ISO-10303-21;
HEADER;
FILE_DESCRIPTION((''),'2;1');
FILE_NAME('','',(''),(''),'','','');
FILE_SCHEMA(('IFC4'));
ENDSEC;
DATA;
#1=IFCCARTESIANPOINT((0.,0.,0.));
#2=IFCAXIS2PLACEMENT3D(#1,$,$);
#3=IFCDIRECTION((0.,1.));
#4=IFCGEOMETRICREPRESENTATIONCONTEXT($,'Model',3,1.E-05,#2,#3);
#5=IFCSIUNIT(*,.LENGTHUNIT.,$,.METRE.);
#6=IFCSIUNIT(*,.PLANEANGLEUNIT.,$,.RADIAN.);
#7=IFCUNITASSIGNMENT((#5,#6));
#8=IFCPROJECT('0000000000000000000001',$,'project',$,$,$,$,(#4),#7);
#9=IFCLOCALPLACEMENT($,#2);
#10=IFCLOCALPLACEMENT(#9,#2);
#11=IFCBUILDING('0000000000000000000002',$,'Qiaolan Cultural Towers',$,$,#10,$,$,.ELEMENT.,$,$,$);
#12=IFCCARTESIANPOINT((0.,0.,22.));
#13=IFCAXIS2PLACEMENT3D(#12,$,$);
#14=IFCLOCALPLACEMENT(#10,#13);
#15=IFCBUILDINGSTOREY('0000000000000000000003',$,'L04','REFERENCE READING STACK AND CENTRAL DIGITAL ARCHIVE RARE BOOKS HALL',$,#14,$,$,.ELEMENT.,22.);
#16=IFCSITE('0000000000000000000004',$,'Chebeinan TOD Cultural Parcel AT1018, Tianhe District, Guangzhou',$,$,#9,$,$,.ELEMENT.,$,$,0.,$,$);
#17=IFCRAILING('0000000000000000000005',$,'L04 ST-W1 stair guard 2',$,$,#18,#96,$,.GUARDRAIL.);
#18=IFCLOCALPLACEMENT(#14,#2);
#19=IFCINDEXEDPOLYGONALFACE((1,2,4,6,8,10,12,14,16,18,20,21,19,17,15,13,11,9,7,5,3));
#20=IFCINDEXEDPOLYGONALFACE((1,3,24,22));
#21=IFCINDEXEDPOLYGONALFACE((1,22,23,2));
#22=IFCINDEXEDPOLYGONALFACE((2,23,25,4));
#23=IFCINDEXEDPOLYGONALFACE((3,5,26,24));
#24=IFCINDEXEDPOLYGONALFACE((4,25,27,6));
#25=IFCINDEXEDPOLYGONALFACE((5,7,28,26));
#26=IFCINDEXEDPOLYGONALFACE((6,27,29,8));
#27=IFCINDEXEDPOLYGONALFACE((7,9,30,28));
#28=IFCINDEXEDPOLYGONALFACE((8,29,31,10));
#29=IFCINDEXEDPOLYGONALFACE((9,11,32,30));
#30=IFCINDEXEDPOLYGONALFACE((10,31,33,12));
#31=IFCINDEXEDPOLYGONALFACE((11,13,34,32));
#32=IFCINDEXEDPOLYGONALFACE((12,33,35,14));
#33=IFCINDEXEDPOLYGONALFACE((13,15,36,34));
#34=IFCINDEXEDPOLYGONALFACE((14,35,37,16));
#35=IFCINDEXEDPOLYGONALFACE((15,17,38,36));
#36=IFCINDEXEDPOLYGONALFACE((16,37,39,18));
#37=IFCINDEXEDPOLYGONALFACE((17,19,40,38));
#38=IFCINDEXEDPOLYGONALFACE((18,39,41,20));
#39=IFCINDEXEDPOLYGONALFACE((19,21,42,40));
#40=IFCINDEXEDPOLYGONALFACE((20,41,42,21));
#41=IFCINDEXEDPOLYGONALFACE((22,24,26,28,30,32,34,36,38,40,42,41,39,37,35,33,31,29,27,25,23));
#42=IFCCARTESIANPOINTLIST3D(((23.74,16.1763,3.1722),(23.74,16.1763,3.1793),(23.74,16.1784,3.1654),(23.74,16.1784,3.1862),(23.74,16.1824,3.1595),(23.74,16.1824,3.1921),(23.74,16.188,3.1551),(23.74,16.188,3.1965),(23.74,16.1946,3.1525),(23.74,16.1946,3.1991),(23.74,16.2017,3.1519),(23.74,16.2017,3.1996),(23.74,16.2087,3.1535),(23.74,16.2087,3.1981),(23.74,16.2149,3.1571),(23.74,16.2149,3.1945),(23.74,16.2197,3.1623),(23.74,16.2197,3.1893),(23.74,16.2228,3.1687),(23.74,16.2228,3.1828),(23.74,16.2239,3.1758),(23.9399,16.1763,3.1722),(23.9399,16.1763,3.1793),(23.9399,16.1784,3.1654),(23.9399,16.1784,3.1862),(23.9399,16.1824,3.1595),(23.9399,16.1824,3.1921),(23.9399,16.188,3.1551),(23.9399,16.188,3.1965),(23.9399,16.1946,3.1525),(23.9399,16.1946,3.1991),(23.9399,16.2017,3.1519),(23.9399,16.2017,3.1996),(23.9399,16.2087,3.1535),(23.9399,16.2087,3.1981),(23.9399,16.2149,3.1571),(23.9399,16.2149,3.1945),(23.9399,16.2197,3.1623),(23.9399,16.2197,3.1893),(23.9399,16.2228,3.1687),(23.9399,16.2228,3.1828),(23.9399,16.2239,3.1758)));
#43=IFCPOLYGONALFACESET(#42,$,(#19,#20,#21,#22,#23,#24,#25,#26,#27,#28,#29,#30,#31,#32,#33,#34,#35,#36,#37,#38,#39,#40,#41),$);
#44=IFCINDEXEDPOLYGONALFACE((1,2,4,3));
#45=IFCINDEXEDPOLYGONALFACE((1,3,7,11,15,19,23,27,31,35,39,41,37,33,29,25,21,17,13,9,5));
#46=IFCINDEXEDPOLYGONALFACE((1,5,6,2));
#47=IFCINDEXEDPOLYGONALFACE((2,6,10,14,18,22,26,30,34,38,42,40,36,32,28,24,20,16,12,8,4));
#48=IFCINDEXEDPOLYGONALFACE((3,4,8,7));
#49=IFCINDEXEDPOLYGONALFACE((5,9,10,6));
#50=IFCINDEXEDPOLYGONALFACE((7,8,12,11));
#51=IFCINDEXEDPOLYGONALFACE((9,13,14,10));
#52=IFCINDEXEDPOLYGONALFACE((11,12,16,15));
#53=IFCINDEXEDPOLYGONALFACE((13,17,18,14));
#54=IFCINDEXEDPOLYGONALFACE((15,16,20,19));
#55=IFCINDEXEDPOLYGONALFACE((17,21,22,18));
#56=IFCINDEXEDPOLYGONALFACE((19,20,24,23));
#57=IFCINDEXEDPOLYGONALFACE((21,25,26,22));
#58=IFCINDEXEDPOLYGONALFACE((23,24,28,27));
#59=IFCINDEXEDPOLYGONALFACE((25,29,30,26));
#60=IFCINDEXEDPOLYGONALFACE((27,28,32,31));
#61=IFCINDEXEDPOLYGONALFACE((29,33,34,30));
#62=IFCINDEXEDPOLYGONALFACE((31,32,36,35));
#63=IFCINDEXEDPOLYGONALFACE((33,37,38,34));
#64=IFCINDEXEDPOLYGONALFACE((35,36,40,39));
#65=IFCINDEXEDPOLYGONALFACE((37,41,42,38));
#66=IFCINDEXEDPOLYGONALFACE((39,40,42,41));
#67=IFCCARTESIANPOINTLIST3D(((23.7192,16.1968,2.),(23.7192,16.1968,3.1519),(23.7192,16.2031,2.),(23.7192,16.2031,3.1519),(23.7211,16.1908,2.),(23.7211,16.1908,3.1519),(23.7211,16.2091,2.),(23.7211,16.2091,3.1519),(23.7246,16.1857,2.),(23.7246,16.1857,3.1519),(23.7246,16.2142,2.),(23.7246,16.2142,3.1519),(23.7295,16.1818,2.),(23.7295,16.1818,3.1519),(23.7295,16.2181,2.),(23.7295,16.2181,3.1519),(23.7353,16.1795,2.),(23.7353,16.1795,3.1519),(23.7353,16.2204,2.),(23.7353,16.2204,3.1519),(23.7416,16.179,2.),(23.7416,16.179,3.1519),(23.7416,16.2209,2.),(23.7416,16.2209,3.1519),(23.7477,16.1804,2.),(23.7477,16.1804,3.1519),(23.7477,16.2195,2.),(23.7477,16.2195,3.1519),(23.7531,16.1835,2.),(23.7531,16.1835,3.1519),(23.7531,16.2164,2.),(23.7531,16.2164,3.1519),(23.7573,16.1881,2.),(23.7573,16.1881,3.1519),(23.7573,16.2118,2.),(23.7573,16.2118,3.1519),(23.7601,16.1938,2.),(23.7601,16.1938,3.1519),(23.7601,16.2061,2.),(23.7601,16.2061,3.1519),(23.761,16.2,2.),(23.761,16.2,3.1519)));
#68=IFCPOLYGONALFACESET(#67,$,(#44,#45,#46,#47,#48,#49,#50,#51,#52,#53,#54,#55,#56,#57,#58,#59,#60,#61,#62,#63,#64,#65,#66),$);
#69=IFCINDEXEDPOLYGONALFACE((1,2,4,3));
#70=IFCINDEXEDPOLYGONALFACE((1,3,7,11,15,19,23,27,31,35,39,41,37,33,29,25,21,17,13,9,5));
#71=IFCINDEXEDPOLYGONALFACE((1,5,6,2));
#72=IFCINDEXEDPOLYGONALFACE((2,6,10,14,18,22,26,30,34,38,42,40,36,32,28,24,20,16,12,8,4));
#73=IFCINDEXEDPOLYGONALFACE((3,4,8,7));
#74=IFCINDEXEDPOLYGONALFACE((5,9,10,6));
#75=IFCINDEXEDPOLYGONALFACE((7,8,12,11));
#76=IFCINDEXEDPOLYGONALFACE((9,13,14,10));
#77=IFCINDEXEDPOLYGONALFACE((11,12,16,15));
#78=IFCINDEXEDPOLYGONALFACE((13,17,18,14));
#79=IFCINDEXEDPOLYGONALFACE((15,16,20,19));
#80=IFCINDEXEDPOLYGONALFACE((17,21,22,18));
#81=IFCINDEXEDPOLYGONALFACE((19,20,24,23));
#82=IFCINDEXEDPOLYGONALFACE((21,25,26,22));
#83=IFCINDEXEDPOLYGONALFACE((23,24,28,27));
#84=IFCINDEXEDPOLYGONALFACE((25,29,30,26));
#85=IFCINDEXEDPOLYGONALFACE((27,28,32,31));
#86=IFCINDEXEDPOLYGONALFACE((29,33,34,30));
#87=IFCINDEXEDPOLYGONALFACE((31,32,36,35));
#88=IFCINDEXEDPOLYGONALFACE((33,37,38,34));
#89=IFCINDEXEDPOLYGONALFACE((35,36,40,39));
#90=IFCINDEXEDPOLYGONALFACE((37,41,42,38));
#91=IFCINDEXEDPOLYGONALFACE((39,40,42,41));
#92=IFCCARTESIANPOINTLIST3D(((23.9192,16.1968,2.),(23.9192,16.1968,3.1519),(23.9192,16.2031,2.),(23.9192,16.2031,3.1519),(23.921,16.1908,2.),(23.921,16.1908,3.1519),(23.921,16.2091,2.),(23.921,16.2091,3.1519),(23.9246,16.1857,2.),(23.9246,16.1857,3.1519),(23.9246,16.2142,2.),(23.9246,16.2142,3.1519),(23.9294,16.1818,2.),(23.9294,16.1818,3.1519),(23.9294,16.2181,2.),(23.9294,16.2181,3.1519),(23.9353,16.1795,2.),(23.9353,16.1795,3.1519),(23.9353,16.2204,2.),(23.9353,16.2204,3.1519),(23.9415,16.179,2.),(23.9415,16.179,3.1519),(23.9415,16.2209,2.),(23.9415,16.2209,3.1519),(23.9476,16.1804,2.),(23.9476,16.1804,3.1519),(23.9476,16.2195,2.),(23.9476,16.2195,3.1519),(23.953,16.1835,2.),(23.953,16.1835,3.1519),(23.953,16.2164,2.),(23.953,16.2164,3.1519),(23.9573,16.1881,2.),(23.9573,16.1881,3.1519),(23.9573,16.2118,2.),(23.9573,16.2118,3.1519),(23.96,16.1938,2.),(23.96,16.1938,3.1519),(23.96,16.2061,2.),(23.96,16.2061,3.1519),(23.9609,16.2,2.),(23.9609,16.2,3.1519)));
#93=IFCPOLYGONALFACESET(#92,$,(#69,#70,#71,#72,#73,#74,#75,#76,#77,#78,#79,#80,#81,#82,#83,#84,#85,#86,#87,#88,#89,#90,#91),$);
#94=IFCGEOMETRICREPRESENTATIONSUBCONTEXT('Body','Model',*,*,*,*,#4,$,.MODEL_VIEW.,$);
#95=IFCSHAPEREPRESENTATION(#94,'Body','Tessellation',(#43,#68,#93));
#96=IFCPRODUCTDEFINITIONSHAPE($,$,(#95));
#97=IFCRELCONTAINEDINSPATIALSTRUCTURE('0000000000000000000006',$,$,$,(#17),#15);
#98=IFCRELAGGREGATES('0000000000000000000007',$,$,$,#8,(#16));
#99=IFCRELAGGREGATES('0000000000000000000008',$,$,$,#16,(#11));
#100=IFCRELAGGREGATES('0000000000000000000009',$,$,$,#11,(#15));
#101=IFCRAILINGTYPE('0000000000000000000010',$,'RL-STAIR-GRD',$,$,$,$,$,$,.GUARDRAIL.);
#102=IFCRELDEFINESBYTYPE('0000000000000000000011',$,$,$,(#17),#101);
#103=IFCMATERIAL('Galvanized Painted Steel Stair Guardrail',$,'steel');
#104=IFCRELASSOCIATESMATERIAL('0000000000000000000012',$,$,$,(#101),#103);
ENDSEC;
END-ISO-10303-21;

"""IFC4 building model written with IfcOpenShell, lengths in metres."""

from ifc_helpers import new_model, si_unit, direction, frame, origin, origin_2d, place, context, subcontext, project, spatial, circle, extrude, material, type_object, element, save


model = new_model("IFC4")

# Units and contexts
model_context = context("Model", 3, precision=1e-05, world=origin(), true_north=direction((0.0, 1.0)))
body_context = subcontext(model_context, "Body", "Model", "MODEL_VIEW")
ifc_project = project(units=[si_unit("LENGTHUNIT", "METRE"), si_unit("PLANEANGLEUNIT", "RADIAN")], contexts=[model_context])

# Site, building, storey
site_placement = place(None, origin())
site = spatial("IfcSite", under=ifc_project, at=site_placement, Name="Chebeinan TOD Cultural Parcel AT1018, Tianhe District, Guangzhou", CompositionType="ELEMENT", RefElevation=0.0)
building_placement = place(site_placement, origin())
building = spatial("IfcBuilding", under=site, at=building_placement, Name="Qiaolan Cultural Towers", CompositionType="ELEMENT")
storey_placement = place(building_placement, frame((0.0, 0.0, 22.0)))
storey = spatial("IfcBuildingStorey", under=building, at=storey_placement, Name="L04", Description="REFERENCE READING STACK AND CENTRAL DIGITAL ARCHIVE RARE BOOKS HALL", CompositionType="ELEMENT", Elevation=22.0)

# Railing
ifc_material_1 = material(Name="Galvanized Painted Steel Stair Guardrail", Category="steel")
railing_type_1 = type_object("IfcRailingType", Name="RL-STAIR-GRD", PredefinedType="GUARDRAIL", material=ifc_material_1)
railing_1_placement = place(storey_placement, frame((23.74, 16.2, 2.0)))
element("IfcRailing", 1, at=railing_1_placement, inside=storey, type_object=railing_type_1, Name="L04 ST-W1 stair guard 2", PredefinedType="GUARDRAIL", context=body_context, shape_type="SweptSolid", body=[
    extrude(circle(Radius=0.0239, at=origin_2d()), frame((0.0, 0.0, 1.1758), z_axis=(1.0, 0.0, 0.0), x_axis=(0.0, 1.0, 0.0)), (0.0, 0.0, 1.0), 0.2),
    extrude(circle(Radius=0.021, at=origin_2d()), origin(), (0.0, 0.0, 1.0), 1.1519),
    extrude(circle(Radius=0.021, at=origin_2d()), frame((0.2, 0.0, 0.0)), (0.0, 0.0, 1.0), 1.1519),
])

save(model, "model.ifc")
